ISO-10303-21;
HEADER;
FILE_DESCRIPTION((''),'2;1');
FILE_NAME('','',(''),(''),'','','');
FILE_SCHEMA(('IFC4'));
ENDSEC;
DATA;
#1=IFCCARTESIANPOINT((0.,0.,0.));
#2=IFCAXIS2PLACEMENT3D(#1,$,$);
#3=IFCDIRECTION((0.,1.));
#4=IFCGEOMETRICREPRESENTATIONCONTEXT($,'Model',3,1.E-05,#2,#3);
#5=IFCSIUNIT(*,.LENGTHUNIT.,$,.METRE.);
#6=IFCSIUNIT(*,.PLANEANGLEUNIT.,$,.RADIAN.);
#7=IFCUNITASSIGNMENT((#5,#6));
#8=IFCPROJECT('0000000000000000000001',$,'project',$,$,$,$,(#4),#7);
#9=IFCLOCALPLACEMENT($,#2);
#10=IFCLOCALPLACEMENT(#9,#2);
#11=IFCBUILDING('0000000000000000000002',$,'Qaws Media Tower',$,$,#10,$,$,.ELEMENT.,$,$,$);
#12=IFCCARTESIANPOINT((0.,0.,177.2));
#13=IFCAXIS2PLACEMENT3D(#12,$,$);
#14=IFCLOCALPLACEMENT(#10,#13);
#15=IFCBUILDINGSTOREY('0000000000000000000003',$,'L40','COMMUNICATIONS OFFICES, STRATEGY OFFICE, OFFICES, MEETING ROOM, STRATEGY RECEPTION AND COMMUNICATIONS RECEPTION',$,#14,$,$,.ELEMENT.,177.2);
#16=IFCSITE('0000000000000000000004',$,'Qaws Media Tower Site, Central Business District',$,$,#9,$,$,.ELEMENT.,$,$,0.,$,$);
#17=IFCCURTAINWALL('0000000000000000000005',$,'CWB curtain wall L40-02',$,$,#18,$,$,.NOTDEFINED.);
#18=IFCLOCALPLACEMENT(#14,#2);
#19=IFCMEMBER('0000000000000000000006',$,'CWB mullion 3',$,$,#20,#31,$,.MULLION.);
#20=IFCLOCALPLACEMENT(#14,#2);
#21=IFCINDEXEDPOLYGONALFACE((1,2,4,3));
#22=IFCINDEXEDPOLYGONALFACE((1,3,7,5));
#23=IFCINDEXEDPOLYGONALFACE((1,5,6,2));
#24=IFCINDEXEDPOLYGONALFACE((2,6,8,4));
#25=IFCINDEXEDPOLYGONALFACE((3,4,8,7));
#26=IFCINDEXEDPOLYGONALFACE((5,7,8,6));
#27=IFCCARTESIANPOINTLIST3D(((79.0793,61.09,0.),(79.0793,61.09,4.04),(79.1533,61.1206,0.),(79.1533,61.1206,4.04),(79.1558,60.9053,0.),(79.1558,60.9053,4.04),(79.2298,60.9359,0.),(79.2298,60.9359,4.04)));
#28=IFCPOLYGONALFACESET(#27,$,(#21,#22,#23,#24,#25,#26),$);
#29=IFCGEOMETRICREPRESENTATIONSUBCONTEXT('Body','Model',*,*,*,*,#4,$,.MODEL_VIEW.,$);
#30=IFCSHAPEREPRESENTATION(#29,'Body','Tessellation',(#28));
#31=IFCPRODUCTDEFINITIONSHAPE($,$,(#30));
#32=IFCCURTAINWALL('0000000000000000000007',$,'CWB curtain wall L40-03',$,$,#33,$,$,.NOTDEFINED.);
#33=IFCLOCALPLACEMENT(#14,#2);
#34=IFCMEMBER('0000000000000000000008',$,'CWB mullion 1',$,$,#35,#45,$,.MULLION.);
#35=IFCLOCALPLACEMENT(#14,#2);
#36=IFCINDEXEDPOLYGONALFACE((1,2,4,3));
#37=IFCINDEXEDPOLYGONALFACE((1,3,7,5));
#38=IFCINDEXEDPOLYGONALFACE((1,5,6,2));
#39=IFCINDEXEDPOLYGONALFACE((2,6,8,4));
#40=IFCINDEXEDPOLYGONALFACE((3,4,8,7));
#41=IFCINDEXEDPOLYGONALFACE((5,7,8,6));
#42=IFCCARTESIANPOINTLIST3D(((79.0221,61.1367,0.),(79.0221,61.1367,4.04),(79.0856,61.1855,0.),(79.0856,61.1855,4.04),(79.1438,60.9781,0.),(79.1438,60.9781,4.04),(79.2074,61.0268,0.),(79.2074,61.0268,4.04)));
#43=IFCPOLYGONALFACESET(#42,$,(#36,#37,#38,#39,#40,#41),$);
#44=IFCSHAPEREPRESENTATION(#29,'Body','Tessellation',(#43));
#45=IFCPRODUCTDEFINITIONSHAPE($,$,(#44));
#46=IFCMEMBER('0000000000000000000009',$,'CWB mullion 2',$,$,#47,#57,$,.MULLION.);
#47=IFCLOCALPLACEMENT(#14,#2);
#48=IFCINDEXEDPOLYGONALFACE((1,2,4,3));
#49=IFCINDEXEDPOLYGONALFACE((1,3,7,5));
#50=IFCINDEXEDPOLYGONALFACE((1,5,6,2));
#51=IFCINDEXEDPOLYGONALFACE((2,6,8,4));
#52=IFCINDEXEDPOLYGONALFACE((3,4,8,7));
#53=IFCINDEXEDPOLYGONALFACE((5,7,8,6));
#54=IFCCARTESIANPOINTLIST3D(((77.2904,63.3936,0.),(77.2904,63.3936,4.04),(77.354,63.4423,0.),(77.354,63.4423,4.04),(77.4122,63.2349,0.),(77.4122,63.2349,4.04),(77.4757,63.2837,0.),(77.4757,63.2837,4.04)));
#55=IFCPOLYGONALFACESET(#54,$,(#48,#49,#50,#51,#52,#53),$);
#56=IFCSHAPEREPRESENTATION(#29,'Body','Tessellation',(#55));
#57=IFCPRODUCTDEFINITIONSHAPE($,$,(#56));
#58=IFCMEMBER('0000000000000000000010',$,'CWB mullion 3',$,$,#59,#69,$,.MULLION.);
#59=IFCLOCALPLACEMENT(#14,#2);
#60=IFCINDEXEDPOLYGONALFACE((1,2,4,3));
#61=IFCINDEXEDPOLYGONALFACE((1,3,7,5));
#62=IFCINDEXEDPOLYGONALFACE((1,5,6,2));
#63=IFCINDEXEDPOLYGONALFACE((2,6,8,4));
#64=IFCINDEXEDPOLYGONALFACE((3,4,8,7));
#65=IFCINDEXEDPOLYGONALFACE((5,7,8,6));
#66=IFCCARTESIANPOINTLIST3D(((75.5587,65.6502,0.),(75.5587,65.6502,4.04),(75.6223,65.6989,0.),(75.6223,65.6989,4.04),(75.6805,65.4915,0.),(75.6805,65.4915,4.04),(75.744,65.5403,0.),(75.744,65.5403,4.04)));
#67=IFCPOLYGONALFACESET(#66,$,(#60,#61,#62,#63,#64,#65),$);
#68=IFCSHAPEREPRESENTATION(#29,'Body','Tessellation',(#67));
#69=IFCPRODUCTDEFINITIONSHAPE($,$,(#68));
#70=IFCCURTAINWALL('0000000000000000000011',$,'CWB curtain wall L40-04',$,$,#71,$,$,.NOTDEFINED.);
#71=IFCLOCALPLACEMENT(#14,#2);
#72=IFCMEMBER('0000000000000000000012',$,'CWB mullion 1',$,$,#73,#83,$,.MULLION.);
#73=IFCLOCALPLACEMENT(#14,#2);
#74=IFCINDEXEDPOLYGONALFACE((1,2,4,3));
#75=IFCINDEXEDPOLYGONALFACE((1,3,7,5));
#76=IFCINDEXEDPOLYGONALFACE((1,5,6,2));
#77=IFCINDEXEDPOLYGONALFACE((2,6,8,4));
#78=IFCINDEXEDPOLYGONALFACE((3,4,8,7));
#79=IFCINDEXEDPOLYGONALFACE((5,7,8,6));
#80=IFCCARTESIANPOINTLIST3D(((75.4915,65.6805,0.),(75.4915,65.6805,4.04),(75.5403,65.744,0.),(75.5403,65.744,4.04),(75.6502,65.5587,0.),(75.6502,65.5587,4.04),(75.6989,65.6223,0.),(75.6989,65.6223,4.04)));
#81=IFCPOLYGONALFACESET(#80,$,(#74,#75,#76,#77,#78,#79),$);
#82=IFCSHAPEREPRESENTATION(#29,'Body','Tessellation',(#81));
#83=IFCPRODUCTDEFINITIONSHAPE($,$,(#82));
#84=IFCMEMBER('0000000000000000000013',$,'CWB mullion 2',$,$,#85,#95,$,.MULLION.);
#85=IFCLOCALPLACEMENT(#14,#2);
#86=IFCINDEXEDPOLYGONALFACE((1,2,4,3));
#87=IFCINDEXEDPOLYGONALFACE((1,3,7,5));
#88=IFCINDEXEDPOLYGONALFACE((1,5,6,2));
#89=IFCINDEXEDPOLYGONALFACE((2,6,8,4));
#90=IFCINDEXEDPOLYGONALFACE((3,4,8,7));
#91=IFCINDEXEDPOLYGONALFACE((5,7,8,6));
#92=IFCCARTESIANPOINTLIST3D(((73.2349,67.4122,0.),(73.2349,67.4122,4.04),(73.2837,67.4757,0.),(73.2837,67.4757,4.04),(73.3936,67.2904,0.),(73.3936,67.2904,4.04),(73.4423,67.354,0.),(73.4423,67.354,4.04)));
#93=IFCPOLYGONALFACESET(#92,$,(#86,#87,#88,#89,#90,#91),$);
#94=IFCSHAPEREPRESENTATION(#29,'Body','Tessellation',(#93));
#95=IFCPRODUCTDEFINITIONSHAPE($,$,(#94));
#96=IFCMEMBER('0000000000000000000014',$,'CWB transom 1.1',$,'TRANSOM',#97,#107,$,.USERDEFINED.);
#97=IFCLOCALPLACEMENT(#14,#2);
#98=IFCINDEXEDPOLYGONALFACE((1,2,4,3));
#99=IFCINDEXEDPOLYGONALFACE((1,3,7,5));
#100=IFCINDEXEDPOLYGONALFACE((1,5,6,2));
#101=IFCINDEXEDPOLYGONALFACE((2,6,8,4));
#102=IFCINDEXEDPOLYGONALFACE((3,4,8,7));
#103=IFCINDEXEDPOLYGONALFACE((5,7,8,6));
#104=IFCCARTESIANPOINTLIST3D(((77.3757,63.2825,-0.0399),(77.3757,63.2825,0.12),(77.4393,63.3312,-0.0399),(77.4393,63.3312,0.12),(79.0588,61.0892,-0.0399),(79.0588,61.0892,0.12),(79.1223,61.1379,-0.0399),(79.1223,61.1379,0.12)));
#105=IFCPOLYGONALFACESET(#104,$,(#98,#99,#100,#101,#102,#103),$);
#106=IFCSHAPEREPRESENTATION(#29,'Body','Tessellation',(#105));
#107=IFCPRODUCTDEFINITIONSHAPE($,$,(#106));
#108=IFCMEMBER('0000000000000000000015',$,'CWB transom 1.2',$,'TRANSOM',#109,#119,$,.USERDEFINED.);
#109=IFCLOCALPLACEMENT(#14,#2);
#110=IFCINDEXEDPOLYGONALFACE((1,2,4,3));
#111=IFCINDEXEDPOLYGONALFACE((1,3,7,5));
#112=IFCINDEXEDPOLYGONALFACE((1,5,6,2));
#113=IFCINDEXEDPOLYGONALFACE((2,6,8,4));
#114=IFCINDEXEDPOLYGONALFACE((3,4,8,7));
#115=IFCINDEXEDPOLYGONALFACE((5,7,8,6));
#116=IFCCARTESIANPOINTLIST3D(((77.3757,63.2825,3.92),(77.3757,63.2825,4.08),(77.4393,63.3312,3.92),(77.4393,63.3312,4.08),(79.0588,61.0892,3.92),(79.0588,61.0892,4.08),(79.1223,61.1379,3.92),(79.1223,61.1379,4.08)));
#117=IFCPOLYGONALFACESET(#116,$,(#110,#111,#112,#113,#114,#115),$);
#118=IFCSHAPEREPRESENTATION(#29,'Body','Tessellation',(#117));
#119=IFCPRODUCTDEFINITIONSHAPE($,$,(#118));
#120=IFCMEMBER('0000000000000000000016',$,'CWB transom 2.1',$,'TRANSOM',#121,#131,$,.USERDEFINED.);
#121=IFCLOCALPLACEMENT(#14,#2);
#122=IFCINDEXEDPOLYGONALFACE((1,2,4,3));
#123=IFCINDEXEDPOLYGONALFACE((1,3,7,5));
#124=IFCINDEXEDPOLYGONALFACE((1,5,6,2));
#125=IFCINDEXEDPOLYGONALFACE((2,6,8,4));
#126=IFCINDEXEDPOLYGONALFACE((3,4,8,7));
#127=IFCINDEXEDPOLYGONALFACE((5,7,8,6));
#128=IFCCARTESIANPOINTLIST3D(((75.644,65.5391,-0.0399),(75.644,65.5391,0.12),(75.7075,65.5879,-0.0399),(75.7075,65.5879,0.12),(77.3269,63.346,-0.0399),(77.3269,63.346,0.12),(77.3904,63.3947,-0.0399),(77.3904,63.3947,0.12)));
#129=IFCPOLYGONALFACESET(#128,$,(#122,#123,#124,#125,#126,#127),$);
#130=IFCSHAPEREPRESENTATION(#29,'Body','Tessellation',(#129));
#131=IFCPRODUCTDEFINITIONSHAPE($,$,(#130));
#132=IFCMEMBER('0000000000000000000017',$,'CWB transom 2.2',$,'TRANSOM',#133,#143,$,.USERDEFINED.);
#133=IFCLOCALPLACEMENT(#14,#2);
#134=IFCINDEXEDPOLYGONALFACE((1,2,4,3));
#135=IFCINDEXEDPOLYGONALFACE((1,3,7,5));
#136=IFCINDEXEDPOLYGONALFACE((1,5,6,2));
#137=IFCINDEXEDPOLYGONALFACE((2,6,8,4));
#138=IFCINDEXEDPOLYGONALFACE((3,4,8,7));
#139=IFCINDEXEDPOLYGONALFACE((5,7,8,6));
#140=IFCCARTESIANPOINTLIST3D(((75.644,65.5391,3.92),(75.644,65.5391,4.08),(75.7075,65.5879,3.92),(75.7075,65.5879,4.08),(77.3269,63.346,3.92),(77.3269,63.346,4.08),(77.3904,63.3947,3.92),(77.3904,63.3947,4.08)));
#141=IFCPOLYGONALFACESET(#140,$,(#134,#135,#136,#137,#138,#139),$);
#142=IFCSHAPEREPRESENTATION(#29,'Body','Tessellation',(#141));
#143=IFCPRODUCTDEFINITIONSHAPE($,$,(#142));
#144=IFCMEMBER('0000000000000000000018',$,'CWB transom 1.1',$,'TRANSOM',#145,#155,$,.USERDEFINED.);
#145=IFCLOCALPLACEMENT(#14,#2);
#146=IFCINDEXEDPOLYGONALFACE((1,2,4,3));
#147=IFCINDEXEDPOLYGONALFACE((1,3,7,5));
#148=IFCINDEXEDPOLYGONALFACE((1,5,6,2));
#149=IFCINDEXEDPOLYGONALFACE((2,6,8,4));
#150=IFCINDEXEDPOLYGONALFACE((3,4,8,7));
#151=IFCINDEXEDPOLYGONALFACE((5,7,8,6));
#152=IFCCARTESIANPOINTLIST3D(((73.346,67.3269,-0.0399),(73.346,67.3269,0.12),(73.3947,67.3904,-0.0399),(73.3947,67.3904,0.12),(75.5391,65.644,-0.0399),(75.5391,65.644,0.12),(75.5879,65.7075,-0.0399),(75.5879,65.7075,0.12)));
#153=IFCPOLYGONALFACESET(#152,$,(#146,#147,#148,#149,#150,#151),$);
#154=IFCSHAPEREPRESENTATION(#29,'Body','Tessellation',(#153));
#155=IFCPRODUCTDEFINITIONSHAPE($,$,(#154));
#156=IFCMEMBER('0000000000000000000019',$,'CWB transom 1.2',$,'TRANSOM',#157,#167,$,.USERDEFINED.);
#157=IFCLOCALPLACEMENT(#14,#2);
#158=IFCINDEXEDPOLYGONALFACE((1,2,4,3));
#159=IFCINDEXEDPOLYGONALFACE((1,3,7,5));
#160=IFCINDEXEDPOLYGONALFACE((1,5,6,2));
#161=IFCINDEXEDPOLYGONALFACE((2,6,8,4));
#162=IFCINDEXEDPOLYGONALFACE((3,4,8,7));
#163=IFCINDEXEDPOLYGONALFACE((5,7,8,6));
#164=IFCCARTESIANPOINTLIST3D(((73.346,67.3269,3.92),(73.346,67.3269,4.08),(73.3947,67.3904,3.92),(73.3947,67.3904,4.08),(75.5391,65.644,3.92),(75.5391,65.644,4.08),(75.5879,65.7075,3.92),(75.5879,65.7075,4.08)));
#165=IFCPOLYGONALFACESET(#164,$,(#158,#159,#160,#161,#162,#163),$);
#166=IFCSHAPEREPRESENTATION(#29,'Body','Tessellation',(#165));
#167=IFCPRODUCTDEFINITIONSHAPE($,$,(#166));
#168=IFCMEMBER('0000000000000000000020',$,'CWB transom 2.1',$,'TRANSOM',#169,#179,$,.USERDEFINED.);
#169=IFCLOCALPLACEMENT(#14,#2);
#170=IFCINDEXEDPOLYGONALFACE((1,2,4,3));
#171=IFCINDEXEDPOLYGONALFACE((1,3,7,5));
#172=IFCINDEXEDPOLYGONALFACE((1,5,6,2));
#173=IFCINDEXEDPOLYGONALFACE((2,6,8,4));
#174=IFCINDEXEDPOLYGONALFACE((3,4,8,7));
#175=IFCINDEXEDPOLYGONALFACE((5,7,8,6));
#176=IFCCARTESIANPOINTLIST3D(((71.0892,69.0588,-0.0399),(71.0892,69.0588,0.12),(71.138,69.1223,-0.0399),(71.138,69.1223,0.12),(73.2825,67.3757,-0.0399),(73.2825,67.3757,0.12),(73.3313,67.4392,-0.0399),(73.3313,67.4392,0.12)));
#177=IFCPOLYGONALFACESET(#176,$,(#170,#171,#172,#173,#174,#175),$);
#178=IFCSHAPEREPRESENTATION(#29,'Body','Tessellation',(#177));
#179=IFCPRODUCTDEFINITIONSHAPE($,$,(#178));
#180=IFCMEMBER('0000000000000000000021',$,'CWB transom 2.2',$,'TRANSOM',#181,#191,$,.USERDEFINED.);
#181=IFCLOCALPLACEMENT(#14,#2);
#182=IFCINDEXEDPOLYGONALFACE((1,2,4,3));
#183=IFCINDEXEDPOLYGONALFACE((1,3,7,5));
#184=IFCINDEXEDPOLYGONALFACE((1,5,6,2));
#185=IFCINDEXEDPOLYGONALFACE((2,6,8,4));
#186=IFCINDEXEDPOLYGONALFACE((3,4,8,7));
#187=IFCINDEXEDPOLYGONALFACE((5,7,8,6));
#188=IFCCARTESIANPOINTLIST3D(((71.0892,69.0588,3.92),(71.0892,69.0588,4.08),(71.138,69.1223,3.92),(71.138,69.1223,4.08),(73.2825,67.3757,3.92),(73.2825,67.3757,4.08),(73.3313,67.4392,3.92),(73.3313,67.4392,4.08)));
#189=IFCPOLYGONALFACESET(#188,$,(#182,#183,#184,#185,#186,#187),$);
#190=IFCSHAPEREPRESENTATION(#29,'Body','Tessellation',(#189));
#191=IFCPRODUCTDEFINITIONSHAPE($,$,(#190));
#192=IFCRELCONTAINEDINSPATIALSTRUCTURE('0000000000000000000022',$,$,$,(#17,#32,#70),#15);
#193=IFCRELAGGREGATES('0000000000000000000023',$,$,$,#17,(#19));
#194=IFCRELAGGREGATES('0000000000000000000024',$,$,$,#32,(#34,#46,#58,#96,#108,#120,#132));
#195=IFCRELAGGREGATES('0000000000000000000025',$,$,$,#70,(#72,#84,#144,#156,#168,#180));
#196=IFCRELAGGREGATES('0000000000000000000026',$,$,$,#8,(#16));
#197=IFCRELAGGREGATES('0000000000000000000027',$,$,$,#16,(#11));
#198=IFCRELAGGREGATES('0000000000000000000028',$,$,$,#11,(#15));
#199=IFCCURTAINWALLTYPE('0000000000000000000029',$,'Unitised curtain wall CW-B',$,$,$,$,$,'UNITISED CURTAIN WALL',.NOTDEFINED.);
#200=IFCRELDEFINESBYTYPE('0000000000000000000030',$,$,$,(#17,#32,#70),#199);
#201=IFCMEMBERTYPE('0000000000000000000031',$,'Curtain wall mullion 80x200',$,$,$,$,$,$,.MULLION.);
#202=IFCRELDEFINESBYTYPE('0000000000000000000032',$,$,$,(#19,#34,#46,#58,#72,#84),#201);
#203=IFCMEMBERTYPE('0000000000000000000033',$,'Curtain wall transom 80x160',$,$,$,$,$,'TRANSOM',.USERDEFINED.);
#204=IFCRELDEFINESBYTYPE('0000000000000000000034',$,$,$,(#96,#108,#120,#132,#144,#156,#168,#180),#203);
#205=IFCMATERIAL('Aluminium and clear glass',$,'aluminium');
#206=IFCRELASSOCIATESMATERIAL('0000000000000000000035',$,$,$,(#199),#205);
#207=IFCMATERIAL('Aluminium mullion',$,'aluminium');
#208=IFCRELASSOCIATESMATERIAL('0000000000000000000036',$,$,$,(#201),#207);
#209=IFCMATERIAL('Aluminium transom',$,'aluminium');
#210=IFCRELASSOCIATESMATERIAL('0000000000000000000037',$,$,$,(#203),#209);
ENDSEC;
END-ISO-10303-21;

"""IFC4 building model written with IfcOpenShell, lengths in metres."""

from ifc_helpers import new_model, si_unit, direction, frame, origin, origin_2d, place, context, subcontext, project, spatial, rectangle, extrude, material, material_profile, profile_set, type_object, element, aggregate, save


model = new_model("IFC4")

# Units and contexts
model_context = context("Model", 3, precision=1e-05, world=origin(), true_north=direction((0.0, 1.0)))
body_context = subcontext(model_context, "Body", "Model", "MODEL_VIEW")
ifc_project = project(units=[si_unit("LENGTHUNIT", "METRE"), si_unit("PLANEANGLEUNIT", "RADIAN")], contexts=[model_context])

# Site, building, storey
site_placement = place(None, origin())
site = spatial("IfcSite", under=ifc_project, at=site_placement, Name="Qaws Media Tower Site, Central Business District", CompositionType="ELEMENT", RefElevation=0.0)
building_placement = place(site_placement, origin())
building = spatial("IfcBuilding", under=site, at=building_placement, Name="Qaws Media Tower", CompositionType="ELEMENT")
storey_placement = place(building_placement, frame((0.0, 0.0, 177.2)))
storey = spatial("IfcBuildingStorey", under=building, at=storey_placement, Name="L40", Description="COMMUNICATIONS OFFICES, STRATEGY OFFICE, OFFICES, MEETING ROOM, STRATEGY RECEPTION AND COMMUNICATIONS RECEPTION", CompositionType="ELEMENT", Elevation=177.2)

# Curtain wall, member
ifc_material_1 = material(Name="Aluminium and clear glass", Category="aluminium")
curtain_wall_type = type_object("IfcCurtainWallType", Name="Unitised curtain wall CW-B", ElementType="UNITISED CURTAIN WALL", PredefinedType="NOTDEFINED", material=ifc_material_1)
curtain_wall_1_placement = place(storey_placement, origin())
curtain_wall_1 = element("IfcCurtainWall", 1, at=curtain_wall_1_placement, inside=storey, type_object=curtain_wall_type, Name="CWB curtain wall L40-02", PredefinedType="NOTDEFINED")
ifc_material_2 = material(Name="Aluminium mullion", Category="aluminium")
ifc_material_profile_1 = material_profile(ifc_material_2, rectangle(XDim=0.0801, YDim=0.2, at=origin_2d()), Name="80x200")
ifc_profile_set_1 = profile_set([ifc_material_profile_1], Name="Aluminium mullion")
member_type_1 = type_object("IfcMemberType", Name="Curtain wall mullion 80x200", PredefinedType="MULLION", material=ifc_profile_set_1)
member_1_placement = place(storey_placement, frame((79.1545, 61.0129, 0.0), z_axis=(0.0, 0.0, 1.0), x_axis=(-0.923879, -0.382684, 0.0)))
member_1 = element("IfcMember", 2, at=member_1_placement, type_object=member_type_1, Name="CWB mullion 3", PredefinedType="MULLION", context=body_context, shape_type="SweptSolid", body=[
    extrude(rectangle(XDim=0.0801, YDim=0.2, at=origin_2d()), origin(), (0.0, 0.0, 1.0), 4.04),
])

# Curtain walls, members
curtain_wall_2_placement = place(storey_placement, origin())
curtain_wall_2 = element("IfcCurtainWall", 3, at=curtain_wall_2_placement, inside=storey, type_object=curtain_wall_type, Name="CWB curtain wall L40-03", PredefinedType="NOTDEFINED")
member_2_placement = place(storey_placement, frame((79.1147, 61.0818, 0.0), z_axis=(0.0, 0.0, 1.0), x_axis=(-0.793353, -0.608761, 0.0)))
member_2 = element("IfcMember", 4, at=member_2_placement, type_object=member_type_1, Name="CWB mullion 1", PredefinedType="MULLION", context=body_context, shape_type="SweptSolid", body=[
    extrude(rectangle(XDim=0.0801, YDim=0.2, at=origin_2d()), origin(), (0.0, 0.0, 1.0), 4.04),
])
member_3_placement = place(storey_placement, frame((77.3831, 63.3386, 0.0), z_axis=(0.0, 0.0, 1.0), x_axis=(-0.793353, -0.608761, 0.0)))
member_3 = element("IfcMember", 5, at=member_3_placement, type_object=member_type_1, Name="CWB mullion 2", PredefinedType="MULLION", context=body_context, shape_type="SweptSolid", body=[
    extrude(rectangle(XDim=0.0801, YDim=0.2, at=origin_2d()), origin(), (0.0, 0.0, 1.0), 4.04),
])
member_4_placement = place(storey_placement, frame((75.6514, 65.5952, 0.0), z_axis=(0.0, 0.0, 1.0), x_axis=(-0.793353, -0.608761, 0.0)))
member_4 = element("IfcMember", 6, at=member_4_placement, type_object=member_type_1, Name="CWB mullion 3", PredefinedType="MULLION", context=body_context, shape_type="SweptSolid", body=[
    extrude(rectangle(XDim=0.0801, YDim=0.2, at=origin_2d()), origin(), (0.0, 0.0, 1.0), 4.04),
])
curtain_wall_3_placement = place(storey_placement, origin())
curtain_wall_3 = element("IfcCurtainWall", 7, at=curtain_wall_3_placement, inside=storey, type_object=curtain_wall_type, Name="CWB curtain wall L40-04", PredefinedType="NOTDEFINED")
member_5_placement = place(storey_placement, frame((75.5952, 65.6514, 0.0), z_axis=(0.0, 0.0, 1.0), x_axis=(-0.608761, -0.793353, 0.0)))
member_5 = element("IfcMember", 8, at=member_5_placement, type_object=member_type_1, Name="CWB mullion 1", PredefinedType="MULLION", context=body_context, shape_type="SweptSolid", body=[
    extrude(rectangle(XDim=0.0801, YDim=0.2, at=origin_2d()), origin(), (0.0, 0.0, 1.0), 4.04),
])
member_6_placement = place(storey_placement, frame((73.3386, 67.3831, 0.0), z_axis=(0.0, 0.0, 1.0), x_axis=(-0.608761, -0.793353, 0.0)))
member_6 = element("IfcMember", 9, at=member_6_placement, type_object=member_type_1, Name="CWB mullion 2", PredefinedType="MULLION", context=body_context, shape_type="SweptSolid", body=[
    extrude(rectangle(XDim=0.0801, YDim=0.2, at=origin_2d()), origin(), (0.0, 0.0, 1.0), 4.04),
])

# Members
ifc_material_3 = material(Name="Aluminium transom", Category="aluminium")
ifc_material_profile_2 = material_profile(ifc_material_3, rectangle(XDim=0.0801, YDim=0.1599, at=origin_2d()), Name="80x160")
ifc_profile_set_2 = profile_set([ifc_material_profile_2], Name="Aluminium transom")
member_type_2 = type_object("IfcMemberType", Name="Curtain wall transom 80x160", ElementType="TRANSOM", PredefinedType="USERDEFINED", material=ifc_profile_set_2)
member_7_placement = place(storey_placement, frame((79.0906, 61.1135, 0.04), z_axis=(-0.60878, 0.793339, 0.0), x_axis=(-0.793339, -0.60878, 0.0)))
member_7 = element("IfcMember", 10, at=member_7_placement, type_object=member_type_2, Name="CWB transom 1.1", ObjectType="TRANSOM", PredefinedType="USERDEFINED", context=body_context, shape_type="SweptSolid", body=[
    extrude(rectangle(XDim=0.0801, YDim=0.1599, at=origin_2d()), origin(), (0.0, 0.0, 1.0), 2.7646),
])
member_8_placement = place(storey_placement, frame((79.0906, 61.1135, 4.0), z_axis=(-0.60878, 0.793339, 0.0), x_axis=(-0.793339, -0.60878, 0.0)))
member_8 = element("IfcMember", 11, at=member_8_placement, type_object=member_type_2, Name="CWB transom 1.2", ObjectType="TRANSOM", PredefinedType="USERDEFINED", context=body_context, shape_type="SweptSolid", body=[
    extrude(rectangle(XDim=0.0801, YDim=0.1599, at=origin_2d()), origin(), (0.0, 0.0, 1.0), 2.7646),
])
member_9_placement = place(storey_placement, frame((77.3586, 63.3704, 0.04), z_axis=(-0.608767, 0.793349, 0.0), x_axis=(-0.793349, -0.608767, 0.0)))
member_9 = element("IfcMember", 12, at=member_9_placement, type_object=member_type_2, Name="CWB transom 2.1", ObjectType="TRANSOM", PredefinedType="USERDEFINED", context=body_context, shape_type="SweptSolid", body=[
    extrude(rectangle(XDim=0.0801, YDim=0.1599, at=origin_2d()), origin(), (0.0, 0.0, 1.0), 2.7644),
])
member_10_placement = place(storey_placement, frame((77.3586, 63.3704, 4.0), z_axis=(-0.608767, 0.793349, 0.0), x_axis=(-0.793349, -0.608767, 0.0)))
member_10 = element("IfcMember", 13, at=member_10_placement, type_object=member_type_2, Name="CWB transom 2.2", ObjectType="TRANSOM", PredefinedType="USERDEFINED", context=body_context, shape_type="SweptSolid", body=[
    extrude(rectangle(XDim=0.0801, YDim=0.1599, at=origin_2d()), origin(), (0.0, 0.0, 1.0), 2.7644),
])
member_11_placement = place(storey_placement, frame((75.5635, 65.6758, 0.04), z_axis=(-0.793349, 0.608767, 0.0), x_axis=(-0.608767, -0.793349, 0.0)))
member_11 = element("IfcMember", 14, at=member_11_placement, type_object=member_type_2, Name="CWB transom 1.1", ObjectType="TRANSOM", PredefinedType="USERDEFINED", context=body_context, shape_type="SweptSolid", body=[
    extrude(rectangle(XDim=0.0801, YDim=0.1599, at=origin_2d()), origin(), (0.0, 0.0, 1.0), 2.7644),
])
member_12_placement = place(storey_placement, frame((75.5635, 65.6758, 4.0), z_axis=(-0.793349, 0.608767, 0.0), x_axis=(-0.608767, -0.793349, 0.0)))
member_12 = element("IfcMember", 15, at=member_12_placement, type_object=member_type_2, Name="CWB transom 1.2", ObjectType="TRANSOM", PredefinedType="USERDEFINED", context=body_context, shape_type="SweptSolid", body=[
    extrude(rectangle(XDim=0.0801, YDim=0.1599, at=origin_2d()), origin(), (0.0, 0.0, 1.0), 2.7644),
])
member_13_placement = place(storey_placement, frame((73.3069, 67.4075, 0.04), z_axis=(-0.793339, 0.60878, 0.0), x_axis=(-0.60878, -0.793339, 0.0)))
member_13 = element("IfcMember", 16, at=member_13_placement, type_object=member_type_2, Name="CWB transom 2.1", ObjectType="TRANSOM", PredefinedType="USERDEFINED", context=body_context, shape_type="SweptSolid", body=[
    extrude(rectangle(XDim=0.0801, YDim=0.1599, at=origin_2d()), origin(), (0.0, 0.0, 1.0), 2.7646),
])
member_14_placement = place(storey_placement, frame((73.3069, 67.4075, 4.0), z_axis=(-0.793339, 0.60878, 0.0), x_axis=(-0.60878, -0.793339, 0.0)))
member_14 = element("IfcMember", 17, at=member_14_placement, type_object=member_type_2, Name="CWB transom 2.2", ObjectType="TRANSOM", PredefinedType="USERDEFINED", context=body_context, shape_type="SweptSolid", body=[
    extrude(rectangle(XDim=0.0801, YDim=0.1599, at=origin_2d()), origin(), (0.0, 0.0, 1.0), 2.7646),
])

aggregate(curtain_wall_1, [member_1])
aggregate(curtain_wall_2, [member_2, member_3, member_4, member_7, member_8, member_9, member_10])
aggregate(curtain_wall_3, [member_5, member_6, member_11, member_12, member_13, member_14])

save(model, "model.ifc")
